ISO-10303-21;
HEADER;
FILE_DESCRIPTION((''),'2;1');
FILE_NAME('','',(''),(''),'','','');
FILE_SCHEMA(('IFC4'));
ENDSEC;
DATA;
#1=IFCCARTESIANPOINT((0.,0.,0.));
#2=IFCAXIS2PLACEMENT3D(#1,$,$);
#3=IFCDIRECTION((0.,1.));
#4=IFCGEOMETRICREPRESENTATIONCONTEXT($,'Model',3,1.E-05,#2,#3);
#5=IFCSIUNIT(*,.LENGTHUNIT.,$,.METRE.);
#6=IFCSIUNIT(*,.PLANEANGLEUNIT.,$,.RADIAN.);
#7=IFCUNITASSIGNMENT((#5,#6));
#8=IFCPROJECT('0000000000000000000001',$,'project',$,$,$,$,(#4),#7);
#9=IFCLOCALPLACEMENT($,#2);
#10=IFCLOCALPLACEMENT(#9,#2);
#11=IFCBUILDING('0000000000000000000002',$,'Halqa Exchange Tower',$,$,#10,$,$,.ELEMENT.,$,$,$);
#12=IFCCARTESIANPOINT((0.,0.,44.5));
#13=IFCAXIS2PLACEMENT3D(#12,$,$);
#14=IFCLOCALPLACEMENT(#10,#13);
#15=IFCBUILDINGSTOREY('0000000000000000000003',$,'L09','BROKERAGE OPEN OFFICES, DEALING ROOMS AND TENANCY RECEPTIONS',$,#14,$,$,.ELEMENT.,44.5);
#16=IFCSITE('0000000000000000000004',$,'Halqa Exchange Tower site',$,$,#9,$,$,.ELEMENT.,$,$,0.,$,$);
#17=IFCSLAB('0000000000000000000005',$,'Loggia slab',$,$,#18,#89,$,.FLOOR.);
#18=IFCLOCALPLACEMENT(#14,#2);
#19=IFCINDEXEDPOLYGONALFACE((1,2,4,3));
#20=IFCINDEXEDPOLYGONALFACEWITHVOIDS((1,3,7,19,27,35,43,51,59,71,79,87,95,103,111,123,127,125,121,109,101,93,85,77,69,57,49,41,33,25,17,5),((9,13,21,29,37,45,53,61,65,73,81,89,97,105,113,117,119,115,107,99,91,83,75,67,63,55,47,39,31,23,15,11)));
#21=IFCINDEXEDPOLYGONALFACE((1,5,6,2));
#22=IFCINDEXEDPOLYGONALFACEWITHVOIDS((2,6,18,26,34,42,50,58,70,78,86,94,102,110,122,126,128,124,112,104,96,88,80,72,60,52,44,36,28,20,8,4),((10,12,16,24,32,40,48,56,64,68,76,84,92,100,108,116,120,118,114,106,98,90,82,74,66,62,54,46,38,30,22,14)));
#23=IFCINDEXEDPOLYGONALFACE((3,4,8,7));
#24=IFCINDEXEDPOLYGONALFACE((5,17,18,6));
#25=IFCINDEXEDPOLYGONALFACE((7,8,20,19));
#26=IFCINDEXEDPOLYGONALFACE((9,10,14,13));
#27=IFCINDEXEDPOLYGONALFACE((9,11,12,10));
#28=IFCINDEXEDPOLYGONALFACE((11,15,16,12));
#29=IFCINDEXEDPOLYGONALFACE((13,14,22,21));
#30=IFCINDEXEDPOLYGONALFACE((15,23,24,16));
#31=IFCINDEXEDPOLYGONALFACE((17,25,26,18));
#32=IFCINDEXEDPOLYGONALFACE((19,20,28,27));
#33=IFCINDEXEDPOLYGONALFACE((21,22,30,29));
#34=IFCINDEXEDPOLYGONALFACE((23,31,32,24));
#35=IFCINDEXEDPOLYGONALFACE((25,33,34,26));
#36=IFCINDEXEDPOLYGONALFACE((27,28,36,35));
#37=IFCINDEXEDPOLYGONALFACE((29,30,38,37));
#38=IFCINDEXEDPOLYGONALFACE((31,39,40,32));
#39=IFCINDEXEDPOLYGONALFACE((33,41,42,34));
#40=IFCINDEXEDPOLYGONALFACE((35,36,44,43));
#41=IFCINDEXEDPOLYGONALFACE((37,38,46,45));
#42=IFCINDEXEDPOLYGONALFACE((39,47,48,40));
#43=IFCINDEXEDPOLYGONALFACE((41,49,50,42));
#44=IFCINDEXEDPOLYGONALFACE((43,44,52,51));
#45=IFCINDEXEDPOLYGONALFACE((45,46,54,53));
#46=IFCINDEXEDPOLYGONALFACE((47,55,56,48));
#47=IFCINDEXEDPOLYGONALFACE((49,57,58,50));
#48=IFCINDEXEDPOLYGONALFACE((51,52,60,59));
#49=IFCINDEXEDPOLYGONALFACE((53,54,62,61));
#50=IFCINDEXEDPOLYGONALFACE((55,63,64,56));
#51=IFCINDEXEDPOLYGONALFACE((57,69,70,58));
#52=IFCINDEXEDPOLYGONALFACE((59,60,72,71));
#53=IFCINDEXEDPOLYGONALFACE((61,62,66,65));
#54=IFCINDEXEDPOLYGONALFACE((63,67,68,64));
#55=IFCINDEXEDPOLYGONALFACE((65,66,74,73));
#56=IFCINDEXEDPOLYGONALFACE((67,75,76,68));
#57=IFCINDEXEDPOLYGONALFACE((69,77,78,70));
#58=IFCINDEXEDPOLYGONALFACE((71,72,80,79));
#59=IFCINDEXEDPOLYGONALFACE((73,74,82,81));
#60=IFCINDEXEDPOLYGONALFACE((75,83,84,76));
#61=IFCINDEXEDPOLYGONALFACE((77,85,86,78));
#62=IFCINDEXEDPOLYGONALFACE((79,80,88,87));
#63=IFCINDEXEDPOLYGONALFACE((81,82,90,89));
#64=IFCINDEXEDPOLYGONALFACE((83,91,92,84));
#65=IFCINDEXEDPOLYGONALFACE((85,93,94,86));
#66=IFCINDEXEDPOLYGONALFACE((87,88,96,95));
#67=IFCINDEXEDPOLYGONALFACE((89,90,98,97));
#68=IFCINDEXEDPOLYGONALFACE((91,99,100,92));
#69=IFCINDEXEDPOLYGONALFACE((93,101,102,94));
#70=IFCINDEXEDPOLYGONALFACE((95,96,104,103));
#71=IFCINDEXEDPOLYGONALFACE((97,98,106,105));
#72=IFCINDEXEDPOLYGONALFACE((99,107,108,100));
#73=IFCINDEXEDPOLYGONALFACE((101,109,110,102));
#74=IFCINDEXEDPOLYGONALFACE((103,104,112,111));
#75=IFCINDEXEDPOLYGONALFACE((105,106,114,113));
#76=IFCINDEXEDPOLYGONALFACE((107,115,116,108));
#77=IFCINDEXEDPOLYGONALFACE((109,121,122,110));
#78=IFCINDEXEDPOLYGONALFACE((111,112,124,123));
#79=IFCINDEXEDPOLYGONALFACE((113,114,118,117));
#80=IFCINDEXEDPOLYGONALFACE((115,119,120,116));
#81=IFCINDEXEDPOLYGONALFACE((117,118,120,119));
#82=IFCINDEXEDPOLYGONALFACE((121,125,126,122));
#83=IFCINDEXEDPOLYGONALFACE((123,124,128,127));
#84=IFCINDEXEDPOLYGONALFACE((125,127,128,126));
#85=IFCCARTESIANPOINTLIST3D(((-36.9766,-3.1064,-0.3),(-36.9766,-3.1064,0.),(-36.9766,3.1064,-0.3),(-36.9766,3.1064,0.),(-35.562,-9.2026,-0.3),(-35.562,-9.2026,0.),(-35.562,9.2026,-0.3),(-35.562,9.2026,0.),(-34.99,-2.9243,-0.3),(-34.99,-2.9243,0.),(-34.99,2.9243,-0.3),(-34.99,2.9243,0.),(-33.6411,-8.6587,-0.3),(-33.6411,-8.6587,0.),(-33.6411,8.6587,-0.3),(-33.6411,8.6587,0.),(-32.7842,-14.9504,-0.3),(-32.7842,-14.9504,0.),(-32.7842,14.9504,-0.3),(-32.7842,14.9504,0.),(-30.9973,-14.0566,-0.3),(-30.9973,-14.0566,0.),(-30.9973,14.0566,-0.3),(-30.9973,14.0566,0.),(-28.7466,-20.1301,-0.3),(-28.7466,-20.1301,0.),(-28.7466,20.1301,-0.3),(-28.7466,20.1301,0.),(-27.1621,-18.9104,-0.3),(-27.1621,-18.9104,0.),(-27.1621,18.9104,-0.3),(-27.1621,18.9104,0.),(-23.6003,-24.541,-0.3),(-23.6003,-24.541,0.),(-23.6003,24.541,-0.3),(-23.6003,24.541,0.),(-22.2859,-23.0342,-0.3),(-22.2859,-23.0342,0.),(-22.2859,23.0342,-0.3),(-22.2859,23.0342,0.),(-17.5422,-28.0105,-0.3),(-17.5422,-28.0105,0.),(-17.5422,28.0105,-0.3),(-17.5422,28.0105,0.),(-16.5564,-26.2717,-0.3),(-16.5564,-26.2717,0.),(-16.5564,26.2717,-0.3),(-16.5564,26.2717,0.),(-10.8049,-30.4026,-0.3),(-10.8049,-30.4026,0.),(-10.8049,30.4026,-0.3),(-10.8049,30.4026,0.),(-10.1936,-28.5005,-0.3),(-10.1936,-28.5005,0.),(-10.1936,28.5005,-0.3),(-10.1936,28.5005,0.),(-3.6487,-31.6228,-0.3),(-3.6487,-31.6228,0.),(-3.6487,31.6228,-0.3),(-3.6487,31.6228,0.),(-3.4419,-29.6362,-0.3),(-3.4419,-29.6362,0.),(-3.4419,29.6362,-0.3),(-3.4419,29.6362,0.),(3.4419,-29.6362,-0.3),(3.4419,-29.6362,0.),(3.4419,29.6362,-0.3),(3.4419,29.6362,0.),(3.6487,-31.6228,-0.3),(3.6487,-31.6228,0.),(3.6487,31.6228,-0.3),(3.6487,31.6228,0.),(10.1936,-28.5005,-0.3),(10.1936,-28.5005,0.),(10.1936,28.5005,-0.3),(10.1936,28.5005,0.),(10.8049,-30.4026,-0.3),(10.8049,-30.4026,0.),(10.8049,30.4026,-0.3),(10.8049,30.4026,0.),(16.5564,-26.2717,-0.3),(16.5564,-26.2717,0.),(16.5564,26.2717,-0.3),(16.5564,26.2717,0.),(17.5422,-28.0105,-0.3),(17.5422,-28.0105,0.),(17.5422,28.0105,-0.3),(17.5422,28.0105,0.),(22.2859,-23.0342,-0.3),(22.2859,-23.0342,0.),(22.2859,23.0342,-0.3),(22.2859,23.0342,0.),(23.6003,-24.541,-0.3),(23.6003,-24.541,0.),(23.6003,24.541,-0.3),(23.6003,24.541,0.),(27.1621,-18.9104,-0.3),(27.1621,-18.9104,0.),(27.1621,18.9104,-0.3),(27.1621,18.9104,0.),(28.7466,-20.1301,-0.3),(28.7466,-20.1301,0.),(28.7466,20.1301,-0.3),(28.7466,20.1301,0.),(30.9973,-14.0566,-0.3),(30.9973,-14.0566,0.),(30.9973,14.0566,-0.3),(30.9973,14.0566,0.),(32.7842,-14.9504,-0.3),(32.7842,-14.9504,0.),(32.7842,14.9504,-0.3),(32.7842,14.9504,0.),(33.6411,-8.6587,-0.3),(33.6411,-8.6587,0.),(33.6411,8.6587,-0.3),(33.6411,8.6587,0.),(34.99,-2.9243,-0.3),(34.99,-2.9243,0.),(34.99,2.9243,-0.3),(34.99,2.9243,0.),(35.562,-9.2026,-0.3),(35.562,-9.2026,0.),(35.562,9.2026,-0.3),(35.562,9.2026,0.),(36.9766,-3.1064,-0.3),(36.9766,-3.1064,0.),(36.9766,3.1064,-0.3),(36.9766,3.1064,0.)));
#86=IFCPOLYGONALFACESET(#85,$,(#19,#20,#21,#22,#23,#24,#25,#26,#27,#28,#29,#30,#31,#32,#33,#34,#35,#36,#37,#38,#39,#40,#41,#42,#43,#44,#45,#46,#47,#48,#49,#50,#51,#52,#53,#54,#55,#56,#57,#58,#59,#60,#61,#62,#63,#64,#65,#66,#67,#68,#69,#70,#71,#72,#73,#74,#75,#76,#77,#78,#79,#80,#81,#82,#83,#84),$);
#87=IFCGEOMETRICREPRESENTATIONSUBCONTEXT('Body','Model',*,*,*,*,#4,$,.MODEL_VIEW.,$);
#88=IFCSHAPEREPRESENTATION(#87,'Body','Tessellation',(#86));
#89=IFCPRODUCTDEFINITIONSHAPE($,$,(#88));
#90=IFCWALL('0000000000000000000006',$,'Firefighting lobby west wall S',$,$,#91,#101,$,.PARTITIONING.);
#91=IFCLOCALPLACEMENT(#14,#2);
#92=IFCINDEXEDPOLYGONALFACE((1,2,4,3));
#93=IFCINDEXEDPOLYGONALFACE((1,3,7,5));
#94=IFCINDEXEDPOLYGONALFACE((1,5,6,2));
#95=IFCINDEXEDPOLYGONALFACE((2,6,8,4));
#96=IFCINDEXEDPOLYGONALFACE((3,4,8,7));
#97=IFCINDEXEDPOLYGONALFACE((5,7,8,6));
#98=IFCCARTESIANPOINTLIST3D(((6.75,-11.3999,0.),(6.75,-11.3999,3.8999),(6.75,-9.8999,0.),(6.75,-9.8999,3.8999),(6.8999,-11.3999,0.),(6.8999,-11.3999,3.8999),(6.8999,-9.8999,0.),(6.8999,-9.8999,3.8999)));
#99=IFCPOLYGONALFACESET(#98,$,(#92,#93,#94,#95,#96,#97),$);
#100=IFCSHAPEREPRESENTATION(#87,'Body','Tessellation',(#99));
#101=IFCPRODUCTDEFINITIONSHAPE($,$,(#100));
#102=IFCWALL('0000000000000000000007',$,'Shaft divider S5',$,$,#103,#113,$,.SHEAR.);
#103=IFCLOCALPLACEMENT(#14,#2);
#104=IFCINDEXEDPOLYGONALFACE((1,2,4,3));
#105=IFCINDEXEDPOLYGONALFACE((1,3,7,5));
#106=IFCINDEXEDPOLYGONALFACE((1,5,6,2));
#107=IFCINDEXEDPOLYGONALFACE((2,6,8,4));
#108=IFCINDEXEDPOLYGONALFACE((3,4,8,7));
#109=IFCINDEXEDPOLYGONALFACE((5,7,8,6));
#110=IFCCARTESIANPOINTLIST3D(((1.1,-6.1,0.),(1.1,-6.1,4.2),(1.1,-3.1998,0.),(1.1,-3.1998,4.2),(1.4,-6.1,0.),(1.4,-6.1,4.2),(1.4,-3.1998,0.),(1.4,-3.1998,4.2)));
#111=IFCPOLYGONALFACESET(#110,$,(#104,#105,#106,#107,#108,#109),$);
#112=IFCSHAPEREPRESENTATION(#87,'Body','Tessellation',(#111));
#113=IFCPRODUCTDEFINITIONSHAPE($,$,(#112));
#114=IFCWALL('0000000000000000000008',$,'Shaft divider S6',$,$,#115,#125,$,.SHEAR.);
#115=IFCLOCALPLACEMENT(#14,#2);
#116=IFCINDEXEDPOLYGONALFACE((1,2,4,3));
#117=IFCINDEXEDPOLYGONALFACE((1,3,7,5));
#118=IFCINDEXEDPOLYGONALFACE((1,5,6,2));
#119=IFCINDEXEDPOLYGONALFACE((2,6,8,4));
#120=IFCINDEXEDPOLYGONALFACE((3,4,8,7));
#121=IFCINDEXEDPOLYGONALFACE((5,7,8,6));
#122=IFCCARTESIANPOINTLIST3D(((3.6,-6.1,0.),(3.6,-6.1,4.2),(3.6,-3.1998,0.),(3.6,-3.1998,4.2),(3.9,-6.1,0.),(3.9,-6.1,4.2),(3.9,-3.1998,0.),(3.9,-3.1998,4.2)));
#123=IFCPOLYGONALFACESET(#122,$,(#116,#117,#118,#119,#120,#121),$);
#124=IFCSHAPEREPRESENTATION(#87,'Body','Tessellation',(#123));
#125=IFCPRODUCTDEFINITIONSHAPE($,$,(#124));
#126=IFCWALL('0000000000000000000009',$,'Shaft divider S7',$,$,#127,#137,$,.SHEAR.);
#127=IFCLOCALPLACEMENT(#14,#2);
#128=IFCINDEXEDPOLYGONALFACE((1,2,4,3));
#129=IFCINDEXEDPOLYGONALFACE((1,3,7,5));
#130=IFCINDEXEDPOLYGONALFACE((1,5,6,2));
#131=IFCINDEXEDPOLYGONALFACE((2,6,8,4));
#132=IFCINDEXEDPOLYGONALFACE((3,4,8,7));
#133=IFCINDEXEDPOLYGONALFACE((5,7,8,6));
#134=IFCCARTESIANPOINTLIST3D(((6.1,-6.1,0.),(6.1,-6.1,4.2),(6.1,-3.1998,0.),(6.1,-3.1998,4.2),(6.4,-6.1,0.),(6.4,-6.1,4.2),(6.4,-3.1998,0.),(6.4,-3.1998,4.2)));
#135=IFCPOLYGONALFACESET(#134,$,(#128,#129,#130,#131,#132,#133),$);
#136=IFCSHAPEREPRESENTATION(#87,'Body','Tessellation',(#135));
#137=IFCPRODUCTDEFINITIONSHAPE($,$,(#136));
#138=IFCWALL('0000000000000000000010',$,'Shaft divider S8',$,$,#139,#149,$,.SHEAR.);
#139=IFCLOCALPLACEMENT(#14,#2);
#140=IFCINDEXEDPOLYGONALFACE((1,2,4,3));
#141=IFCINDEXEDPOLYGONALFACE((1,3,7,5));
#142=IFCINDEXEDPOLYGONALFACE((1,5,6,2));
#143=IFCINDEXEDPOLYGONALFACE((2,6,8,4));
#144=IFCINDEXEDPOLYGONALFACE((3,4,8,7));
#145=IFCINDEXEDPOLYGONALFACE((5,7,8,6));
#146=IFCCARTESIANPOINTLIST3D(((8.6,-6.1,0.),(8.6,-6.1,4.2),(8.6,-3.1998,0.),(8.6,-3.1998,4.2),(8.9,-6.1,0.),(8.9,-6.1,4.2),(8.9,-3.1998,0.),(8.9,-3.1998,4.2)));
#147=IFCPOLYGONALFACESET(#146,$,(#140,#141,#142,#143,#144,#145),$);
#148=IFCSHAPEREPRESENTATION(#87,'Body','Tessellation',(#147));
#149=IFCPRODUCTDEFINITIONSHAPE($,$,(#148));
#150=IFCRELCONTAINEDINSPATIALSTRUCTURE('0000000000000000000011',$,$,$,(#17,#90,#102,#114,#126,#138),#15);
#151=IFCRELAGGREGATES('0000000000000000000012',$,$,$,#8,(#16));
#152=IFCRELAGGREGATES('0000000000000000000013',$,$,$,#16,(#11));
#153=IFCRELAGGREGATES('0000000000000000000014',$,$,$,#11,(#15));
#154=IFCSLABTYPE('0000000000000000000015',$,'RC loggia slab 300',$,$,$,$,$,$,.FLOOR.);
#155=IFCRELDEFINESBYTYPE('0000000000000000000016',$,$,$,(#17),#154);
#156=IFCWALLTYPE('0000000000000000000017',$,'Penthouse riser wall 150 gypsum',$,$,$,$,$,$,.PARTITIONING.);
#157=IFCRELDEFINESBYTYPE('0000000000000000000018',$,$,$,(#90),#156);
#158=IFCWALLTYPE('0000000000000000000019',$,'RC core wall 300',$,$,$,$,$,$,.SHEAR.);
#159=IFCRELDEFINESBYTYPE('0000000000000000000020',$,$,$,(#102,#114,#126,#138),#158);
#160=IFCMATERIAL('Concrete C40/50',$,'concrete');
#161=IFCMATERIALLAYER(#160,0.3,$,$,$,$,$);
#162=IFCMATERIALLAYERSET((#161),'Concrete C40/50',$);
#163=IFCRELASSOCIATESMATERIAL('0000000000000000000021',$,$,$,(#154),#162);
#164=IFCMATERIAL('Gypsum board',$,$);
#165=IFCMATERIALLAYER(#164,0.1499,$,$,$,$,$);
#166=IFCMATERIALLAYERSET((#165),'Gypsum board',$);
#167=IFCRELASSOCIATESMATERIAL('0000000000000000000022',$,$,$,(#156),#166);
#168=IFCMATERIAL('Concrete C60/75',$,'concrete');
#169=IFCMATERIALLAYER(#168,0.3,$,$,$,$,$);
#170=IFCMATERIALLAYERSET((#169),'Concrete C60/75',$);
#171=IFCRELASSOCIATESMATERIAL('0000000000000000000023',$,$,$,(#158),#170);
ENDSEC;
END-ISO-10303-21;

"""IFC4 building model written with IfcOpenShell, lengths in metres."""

from ifc_helpers import new_model, si_unit, direction, frame, frame_2d, origin, place, context, subcontext, project, spatial, polyline, rectangle, outline, extrude, material, layer, layer_set, type_object, element, save


model = new_model("IFC4")

# Units and contexts
model_context = context("Model", 3, precision=1e-05, world=origin(), true_north=direction((0.0, 1.0)))
body_context = subcontext(model_context, "Body", "Model", "MODEL_VIEW")
ifc_project = project(units=[si_unit("LENGTHUNIT", "METRE"), si_unit("PLANEANGLEUNIT", "RADIAN")], contexts=[model_context])

# Site, building, storey
site_placement = place(None, origin())
site = spatial("IfcSite", under=ifc_project, at=site_placement, Name="Halqa Exchange Tower site", CompositionType="ELEMENT", RefElevation=0.0)
building_placement = place(site_placement, origin())
building = spatial("IfcBuilding", under=site, at=building_placement, Name="Halqa Exchange Tower", CompositionType="ELEMENT")
storey_placement = place(building_placement, frame((0.0, 0.0, 44.5)))
storey = spatial("IfcBuildingStorey", under=building, at=storey_placement, Name="L09", Description="BROKERAGE OPEN OFFICES, DEALING ROOMS AND TENANCY RECEPTIONS", CompositionType="ELEMENT", Elevation=44.5)

# Slab
ifc_material_1 = material(Name="Concrete C60/75", Category="concrete")
ifc_material_2 = material(Name="Concrete C40/50", Category="concrete")
ifc_layer_1 = layer(ifc_material_2, 0.3)
ifc_layer_set_1 = layer_set([ifc_layer_1], Name="Concrete C40/50")
slab_type_1 = type_object("IfcSlabType", Name="RC loggia slab 300", PredefinedType="FLOOR", material=ifc_layer_set_1)
slab_1_placement = place(storey_placement, frame((0.0, 0.0, -0.3)))
element("IfcSlab", 1, at=slab_1_placement, inside=storey, type_object=slab_type_1, Name="Loggia slab", PredefinedType="FLOOR", context=body_context, shape_type="SweptSolid", body=[
    extrude(outline(polyline([(36.9766, 3.1064), (36.9766, -3.1064), (35.562, -9.2026), (32.7842, -14.9504), (28.7466, -20.1301), (23.6003, -24.541), (17.5422, -28.0105), (10.8049, -30.4026), (3.6487, -31.6228), (-3.6487, -31.6228), (-10.8049, -30.4026), (-17.5422, -28.0105), (-23.6003, -24.541), (-28.7466, -20.1301), (-32.7842, -14.9504), (-35.562, -9.2026), (-36.9766, -3.1064), (-36.9766, 3.1064), (-35.562, 9.2026), (-32.7842, 14.9504), (-28.7466, 20.1301), (-23.6003, 24.541), (-17.5422, 28.0105), (-10.8049, 30.4026), (-3.6487, 31.6228), (3.6487, 31.6228), (10.8049, 30.4026), (17.5422, 28.0105), (23.6003, 24.541), (28.7466, 20.1301), (32.7842, 14.9504), (35.562, 9.2026), (36.9766, 3.1064)]), holes=[polyline([(34.99, 2.9243), (33.6411, 8.6587), (30.9973, 14.0566), (27.1621, 18.9104), (22.2859, 23.0342), (16.5564, 26.2717), (10.1936, 28.5005), (3.4419, 29.6362), (-3.4419, 29.6362), (-10.1936, 28.5005), (-16.5564, 26.2717), (-22.2859, 23.0342), (-27.1621, 18.9104), (-30.9973, 14.0566), (-33.6411, 8.6587), (-34.99, 2.9243), (-34.99, -2.9243), (-33.6411, -8.6587), (-30.9973, -14.0566), (-27.1621, -18.9104), (-22.2859, -23.0342), (-16.5564, -26.2717), (-10.1936, -28.5005), (-3.4419, -29.6362), (3.4419, -29.6362), (10.1936, -28.5005), (16.5564, -26.2717), (22.2859, -23.0342), (27.1621, -18.9104), (30.9973, -14.0566), (33.6411, -8.6587), (34.99, -2.9243), (34.99, 2.9243)])]), origin(), (0.0, 0.0, 1.0), 0.3),
])

# Walls
ifc_material_3 = material(Name="Gypsum board")
ifc_layer_2 = layer(ifc_material_3, 0.1499)
ifc_layer_set_2 = layer_set([ifc_layer_2], Name="Gypsum board")
wall_type_1 = type_object("IfcWallType", Name="Penthouse riser wall 150 gypsum", PredefinedType="PARTITIONING", material=ifc_layer_set_2)
wall_1_placement = place(storey_placement, frame((6.825, -11.3999, 0.0), z_axis=(0.0, 0.0, 1.0), x_axis=(0.0, 1.0, 0.0)))
element("IfcWall", 2, at=wall_1_placement, inside=storey, type_object=wall_type_1, Name="Firefighting lobby west wall S", PredefinedType="PARTITIONING", context=body_context, shape_type="SweptSolid", body=[
    extrude(rectangle(XDim=1.5, YDim=0.1499, at=frame_2d((0.75, 0.0))), origin(), (0.0, 0.0, 1.0), 3.8999),
])
ifc_layer_3 = layer(ifc_material_1, 0.3)
ifc_layer_set_3 = layer_set([ifc_layer_3], Name="Concrete C60/75")
wall_type_2 = type_object("IfcWallType", Name="RC core wall 300", PredefinedType="SHEAR", material=ifc_layer_set_3)
for number, where, z_axis, x_axis, name in (
    (3, (1.25, -6.1001, 0.0), (0.0, 0.0, 1.0), (0.0, 1.0, 0.0), "Shaft divider S5"),
    (4, (3.75, -6.1001, 0.0), (0.0, 0.0, 1.0), (0.0, 1.0, 0.0), "Shaft divider S6"),
    (5, (6.25, -6.1001, 0.0), (0.0, 0.0, 1.0), (0.0, 1.0, 0.0), "Shaft divider S7"),
    (6, (8.75, -6.1001, 0.0), (0.0, 0.0, 1.0), (0.0, 1.0, 0.0), "Shaft divider S8"),
):
    element("IfcWall", number, at=place(storey_placement, frame(where, z_axis=z_axis, x_axis=x_axis)), inside=storey, type_object=wall_type_2, Name=name, PredefinedType="SHEAR", context=body_context, shape_type="SweptSolid", body=[
        extrude(rectangle(XDim=2.9001, YDim=0.3, at=frame_2d((1.4502, 0.0))), origin(), (0.0, 0.0, 1.0), 4.2),
    ])

save(model, "model.ifc")
